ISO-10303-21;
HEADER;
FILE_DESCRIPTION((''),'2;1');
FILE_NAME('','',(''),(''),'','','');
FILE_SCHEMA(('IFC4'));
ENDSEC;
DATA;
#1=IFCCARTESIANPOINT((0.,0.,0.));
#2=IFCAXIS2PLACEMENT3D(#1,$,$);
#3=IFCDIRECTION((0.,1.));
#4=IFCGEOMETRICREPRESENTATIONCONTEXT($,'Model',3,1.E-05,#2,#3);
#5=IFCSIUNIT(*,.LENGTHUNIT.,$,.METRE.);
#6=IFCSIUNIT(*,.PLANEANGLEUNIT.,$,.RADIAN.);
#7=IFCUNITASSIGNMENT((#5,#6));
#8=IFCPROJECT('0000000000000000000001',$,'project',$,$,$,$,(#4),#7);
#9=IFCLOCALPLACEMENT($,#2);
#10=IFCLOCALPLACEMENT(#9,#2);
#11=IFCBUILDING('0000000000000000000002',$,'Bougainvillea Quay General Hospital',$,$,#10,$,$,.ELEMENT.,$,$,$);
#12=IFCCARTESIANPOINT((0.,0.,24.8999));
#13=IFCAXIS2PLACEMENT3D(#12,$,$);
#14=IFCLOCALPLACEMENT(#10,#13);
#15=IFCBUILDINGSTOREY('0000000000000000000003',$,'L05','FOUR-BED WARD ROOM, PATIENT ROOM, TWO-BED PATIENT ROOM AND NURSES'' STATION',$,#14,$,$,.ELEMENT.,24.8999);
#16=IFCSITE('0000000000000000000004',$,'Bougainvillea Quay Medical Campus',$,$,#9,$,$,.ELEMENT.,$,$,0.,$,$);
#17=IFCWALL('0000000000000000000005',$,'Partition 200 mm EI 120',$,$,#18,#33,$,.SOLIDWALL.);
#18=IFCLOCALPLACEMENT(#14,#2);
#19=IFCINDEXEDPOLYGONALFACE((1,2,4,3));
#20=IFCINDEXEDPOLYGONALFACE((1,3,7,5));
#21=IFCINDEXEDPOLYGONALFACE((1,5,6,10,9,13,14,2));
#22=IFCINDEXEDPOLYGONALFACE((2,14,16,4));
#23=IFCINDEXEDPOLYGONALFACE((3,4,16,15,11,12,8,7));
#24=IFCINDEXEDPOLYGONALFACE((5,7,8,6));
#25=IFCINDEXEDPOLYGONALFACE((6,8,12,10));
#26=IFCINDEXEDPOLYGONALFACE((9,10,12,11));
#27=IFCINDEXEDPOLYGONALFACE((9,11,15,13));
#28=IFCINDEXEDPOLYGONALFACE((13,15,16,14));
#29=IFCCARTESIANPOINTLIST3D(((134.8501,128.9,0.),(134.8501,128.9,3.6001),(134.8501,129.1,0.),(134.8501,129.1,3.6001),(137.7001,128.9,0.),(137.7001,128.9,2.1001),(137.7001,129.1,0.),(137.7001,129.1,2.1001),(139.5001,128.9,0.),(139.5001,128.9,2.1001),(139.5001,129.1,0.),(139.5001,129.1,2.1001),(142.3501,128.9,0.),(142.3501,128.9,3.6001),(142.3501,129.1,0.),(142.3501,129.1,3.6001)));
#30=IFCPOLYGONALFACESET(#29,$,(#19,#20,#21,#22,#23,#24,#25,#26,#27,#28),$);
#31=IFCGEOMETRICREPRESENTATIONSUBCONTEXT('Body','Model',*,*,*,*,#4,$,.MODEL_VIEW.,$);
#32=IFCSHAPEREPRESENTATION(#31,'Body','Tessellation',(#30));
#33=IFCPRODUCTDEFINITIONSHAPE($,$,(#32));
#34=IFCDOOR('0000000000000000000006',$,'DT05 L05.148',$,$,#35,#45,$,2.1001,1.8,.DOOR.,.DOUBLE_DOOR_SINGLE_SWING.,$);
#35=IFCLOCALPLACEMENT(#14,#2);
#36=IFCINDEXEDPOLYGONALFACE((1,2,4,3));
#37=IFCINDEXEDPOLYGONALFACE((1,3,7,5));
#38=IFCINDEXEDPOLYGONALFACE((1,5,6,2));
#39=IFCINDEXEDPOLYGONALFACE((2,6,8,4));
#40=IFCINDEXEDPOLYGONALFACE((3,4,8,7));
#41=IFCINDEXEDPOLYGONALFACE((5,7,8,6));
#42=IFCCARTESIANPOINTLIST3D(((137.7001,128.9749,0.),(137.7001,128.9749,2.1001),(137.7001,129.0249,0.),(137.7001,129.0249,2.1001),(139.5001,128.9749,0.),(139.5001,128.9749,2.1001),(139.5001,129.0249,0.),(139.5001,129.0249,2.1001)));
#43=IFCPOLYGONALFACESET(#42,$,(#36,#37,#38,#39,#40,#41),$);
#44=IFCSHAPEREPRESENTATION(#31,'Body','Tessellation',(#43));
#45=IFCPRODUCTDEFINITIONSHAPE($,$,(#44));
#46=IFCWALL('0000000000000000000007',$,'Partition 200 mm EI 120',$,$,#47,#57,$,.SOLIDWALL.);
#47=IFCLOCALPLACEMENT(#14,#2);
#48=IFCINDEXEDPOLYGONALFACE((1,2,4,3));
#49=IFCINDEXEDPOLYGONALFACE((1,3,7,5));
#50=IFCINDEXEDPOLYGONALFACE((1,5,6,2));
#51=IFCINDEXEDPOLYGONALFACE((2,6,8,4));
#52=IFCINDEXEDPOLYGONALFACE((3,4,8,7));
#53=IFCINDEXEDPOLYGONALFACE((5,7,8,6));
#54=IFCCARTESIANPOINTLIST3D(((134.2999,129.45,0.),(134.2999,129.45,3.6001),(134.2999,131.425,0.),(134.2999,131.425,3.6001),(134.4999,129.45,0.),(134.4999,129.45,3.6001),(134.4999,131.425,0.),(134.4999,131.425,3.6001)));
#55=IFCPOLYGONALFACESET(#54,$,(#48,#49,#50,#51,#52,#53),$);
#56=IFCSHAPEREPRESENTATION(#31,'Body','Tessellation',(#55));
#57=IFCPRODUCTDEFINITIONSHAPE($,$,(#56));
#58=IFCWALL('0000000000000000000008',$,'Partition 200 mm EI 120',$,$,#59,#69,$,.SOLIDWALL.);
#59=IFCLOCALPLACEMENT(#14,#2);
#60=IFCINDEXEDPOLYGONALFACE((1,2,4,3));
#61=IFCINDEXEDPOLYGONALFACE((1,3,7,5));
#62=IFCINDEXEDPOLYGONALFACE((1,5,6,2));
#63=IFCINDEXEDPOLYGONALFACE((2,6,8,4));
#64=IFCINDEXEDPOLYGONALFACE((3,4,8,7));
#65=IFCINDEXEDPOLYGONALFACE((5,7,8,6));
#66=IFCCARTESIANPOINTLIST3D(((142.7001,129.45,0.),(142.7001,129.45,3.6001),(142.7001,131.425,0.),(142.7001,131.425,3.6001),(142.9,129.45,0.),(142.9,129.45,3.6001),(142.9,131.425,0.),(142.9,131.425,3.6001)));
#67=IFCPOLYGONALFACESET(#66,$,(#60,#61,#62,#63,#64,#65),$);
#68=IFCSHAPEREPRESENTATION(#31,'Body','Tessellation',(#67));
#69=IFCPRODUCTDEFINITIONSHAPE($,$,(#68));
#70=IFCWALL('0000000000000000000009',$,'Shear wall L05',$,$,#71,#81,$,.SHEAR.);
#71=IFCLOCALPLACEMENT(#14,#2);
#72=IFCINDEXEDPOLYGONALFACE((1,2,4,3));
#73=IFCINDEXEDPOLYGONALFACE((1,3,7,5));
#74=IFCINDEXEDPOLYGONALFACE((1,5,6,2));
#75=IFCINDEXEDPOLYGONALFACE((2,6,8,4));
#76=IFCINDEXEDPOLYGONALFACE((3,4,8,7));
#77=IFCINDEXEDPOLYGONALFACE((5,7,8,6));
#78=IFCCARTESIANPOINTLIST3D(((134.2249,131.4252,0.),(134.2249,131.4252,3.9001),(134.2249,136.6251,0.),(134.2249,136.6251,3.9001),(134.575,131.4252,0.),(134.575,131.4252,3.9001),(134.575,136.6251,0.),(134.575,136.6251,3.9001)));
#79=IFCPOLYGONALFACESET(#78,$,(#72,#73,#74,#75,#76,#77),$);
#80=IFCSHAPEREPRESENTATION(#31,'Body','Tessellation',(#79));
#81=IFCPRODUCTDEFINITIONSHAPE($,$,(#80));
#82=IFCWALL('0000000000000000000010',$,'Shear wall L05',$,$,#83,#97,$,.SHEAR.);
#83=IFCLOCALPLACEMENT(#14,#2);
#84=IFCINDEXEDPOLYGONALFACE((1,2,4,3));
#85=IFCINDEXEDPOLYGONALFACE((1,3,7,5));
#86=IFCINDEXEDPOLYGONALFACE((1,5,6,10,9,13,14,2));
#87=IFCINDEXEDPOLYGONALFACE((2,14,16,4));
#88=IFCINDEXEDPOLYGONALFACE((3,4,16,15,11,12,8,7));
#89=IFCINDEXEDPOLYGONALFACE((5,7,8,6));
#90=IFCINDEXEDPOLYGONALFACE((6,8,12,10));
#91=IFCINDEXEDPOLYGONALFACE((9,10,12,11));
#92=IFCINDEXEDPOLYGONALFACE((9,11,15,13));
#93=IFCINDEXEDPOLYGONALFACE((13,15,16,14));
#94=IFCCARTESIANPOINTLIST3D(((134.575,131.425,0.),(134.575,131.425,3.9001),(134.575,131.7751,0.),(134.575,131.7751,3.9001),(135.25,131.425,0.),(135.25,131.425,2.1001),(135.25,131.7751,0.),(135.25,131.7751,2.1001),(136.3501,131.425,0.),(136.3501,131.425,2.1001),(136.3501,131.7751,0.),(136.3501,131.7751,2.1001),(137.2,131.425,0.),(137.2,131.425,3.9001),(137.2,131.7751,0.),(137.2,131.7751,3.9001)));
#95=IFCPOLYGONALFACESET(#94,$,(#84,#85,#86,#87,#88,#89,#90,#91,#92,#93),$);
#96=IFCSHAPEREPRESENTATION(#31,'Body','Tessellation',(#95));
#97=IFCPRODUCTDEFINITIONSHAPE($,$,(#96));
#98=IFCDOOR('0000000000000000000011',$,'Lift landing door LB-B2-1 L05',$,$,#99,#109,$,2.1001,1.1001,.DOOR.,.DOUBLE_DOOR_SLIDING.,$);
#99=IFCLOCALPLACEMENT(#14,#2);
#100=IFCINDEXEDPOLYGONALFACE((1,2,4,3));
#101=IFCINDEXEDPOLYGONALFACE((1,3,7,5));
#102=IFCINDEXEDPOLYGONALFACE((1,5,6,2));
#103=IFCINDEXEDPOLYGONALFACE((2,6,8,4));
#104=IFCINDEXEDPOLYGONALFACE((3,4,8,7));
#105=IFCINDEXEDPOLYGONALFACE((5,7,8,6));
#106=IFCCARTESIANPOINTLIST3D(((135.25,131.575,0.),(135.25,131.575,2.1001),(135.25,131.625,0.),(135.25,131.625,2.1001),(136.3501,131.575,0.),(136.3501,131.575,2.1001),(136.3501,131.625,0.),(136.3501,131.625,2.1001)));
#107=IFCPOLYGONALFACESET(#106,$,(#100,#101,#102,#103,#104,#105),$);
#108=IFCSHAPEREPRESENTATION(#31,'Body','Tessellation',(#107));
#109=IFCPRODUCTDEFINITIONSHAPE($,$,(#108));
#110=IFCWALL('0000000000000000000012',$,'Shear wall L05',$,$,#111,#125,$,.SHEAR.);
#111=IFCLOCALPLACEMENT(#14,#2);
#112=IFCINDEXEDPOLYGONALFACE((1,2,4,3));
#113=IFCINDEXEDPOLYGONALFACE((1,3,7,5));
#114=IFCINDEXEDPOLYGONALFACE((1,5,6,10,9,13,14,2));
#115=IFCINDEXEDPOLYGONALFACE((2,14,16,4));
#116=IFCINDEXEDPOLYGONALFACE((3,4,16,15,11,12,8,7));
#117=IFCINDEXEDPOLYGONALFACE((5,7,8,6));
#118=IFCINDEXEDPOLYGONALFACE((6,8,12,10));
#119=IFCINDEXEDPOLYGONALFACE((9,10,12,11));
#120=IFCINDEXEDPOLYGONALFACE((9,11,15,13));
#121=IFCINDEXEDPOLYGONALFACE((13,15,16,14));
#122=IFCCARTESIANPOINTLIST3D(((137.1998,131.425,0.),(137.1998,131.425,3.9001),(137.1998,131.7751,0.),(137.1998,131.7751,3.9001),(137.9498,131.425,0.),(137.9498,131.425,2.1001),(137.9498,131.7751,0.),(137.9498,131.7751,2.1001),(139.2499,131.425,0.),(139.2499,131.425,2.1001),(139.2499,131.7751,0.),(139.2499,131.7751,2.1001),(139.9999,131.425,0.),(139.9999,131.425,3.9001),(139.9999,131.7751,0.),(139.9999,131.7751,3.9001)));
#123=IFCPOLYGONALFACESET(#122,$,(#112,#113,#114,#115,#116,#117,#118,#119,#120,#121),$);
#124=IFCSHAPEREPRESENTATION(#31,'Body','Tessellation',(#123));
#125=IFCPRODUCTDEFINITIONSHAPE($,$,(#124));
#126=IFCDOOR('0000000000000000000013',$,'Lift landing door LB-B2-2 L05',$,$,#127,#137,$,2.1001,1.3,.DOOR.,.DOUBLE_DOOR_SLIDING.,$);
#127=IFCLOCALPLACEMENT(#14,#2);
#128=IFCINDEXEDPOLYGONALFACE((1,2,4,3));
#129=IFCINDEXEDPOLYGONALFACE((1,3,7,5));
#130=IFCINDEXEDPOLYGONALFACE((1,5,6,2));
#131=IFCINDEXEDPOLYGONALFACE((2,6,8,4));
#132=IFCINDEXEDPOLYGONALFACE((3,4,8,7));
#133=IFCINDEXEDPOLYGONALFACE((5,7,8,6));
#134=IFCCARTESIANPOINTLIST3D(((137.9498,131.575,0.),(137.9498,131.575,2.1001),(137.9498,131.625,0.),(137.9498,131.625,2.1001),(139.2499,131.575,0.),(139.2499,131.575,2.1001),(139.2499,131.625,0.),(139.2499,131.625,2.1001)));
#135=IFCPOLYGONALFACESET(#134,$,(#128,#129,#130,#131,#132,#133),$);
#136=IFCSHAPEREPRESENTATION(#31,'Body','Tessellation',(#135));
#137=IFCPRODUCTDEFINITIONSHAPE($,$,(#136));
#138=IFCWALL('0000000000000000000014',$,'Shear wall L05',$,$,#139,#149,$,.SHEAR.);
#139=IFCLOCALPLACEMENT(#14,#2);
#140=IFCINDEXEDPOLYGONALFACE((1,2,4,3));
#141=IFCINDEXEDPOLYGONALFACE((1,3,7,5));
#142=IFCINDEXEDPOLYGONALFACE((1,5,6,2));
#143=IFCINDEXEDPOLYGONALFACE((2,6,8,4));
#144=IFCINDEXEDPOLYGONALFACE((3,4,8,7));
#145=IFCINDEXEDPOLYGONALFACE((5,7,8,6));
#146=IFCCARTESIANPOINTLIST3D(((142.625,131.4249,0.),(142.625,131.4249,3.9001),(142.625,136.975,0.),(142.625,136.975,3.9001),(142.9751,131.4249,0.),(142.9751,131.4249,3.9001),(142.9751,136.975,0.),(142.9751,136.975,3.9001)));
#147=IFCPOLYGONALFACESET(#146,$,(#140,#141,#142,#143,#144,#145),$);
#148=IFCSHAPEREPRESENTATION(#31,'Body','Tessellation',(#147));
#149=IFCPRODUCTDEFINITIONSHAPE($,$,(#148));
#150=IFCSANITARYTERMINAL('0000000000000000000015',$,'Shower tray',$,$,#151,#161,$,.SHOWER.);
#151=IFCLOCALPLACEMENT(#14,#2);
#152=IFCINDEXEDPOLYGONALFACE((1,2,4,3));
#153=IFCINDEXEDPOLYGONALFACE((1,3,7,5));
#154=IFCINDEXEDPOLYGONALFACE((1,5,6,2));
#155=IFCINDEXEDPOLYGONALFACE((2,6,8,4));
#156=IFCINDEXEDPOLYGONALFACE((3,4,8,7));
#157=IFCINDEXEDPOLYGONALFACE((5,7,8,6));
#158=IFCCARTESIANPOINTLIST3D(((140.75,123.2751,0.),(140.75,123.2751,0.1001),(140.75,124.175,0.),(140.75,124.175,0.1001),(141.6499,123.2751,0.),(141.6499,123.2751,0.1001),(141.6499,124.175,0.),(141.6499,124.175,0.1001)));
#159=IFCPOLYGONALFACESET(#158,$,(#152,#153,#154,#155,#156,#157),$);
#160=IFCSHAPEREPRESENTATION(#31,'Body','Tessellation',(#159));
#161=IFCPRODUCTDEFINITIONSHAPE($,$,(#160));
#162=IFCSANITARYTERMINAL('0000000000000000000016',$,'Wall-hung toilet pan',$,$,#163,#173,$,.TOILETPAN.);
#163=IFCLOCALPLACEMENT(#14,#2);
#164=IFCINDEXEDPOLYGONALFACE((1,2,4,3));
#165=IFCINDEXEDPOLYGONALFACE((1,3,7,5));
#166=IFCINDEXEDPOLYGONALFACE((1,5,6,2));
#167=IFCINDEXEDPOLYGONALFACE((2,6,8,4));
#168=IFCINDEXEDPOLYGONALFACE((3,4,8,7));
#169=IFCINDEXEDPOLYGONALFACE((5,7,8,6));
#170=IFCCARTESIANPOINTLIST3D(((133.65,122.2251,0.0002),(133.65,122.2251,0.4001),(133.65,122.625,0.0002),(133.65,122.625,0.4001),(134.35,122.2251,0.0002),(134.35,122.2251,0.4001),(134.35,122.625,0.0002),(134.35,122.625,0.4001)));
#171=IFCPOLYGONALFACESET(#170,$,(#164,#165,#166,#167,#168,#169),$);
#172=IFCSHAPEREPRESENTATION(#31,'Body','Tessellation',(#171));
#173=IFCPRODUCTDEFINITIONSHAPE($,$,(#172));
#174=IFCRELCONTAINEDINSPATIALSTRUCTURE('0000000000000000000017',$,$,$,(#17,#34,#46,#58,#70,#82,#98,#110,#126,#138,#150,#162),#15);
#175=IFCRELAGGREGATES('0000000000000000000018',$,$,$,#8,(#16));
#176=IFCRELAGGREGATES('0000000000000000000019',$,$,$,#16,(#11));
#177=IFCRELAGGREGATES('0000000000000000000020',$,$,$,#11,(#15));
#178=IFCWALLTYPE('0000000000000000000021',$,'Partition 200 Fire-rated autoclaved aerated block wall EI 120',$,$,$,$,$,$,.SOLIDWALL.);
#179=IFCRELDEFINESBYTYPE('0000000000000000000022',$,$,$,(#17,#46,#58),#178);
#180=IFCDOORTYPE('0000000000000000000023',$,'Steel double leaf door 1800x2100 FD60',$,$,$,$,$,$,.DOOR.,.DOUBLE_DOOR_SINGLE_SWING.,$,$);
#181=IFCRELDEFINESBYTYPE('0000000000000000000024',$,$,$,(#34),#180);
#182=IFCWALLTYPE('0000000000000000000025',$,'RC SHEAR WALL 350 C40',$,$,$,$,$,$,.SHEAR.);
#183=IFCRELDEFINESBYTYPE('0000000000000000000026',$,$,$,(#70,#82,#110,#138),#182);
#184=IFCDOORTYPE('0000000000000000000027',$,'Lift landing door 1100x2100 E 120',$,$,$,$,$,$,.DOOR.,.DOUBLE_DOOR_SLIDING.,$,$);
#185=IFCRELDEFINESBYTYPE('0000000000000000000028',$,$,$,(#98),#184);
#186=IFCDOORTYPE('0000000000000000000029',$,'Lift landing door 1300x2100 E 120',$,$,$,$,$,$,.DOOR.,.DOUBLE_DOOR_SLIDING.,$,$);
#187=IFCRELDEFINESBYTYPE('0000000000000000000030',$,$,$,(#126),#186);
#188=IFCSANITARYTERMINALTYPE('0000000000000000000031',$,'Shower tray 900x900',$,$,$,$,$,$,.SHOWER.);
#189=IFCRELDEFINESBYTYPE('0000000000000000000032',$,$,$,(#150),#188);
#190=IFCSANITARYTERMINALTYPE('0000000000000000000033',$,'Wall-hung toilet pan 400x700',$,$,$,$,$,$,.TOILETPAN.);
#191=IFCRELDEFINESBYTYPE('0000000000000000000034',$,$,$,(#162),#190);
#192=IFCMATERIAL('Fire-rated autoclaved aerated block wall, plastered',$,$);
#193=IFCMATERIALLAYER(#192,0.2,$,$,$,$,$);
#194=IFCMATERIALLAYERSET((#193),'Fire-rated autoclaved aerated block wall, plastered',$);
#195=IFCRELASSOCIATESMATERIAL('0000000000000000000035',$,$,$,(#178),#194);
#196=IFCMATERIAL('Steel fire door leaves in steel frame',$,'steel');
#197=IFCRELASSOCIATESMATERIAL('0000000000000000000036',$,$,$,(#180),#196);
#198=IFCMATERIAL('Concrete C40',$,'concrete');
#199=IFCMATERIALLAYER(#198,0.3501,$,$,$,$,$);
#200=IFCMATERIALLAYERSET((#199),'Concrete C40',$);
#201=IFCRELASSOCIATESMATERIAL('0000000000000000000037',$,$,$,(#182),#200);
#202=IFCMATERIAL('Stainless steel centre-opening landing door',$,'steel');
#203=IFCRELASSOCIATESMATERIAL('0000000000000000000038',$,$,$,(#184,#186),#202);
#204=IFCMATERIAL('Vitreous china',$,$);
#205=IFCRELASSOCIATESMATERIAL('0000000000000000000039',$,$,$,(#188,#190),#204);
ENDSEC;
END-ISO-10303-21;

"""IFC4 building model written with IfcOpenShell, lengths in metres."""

from ifc_helpers import new_model, si_unit, direction, frame, frame_2d, origin, origin_2d, place, context, subcontext, project, spatial, rectangle, extrude, material, layer, layer_set, type_object, element, fill, save


model = new_model("IFC4")

# Units and contexts
model_context = context("Model", 3, precision=1e-05, world=origin(), true_north=direction((0.0, 1.0)))
body_context = subcontext(model_context, "Body", "Model", "MODEL_VIEW")
ifc_project = project(units=[si_unit("LENGTHUNIT", "METRE"), si_unit("PLANEANGLEUNIT", "RADIAN")], contexts=[model_context])

# Site, building, storey
site_placement = place(None, origin())
site = spatial("IfcSite", under=ifc_project, at=site_placement, Name="Bougainvillea Quay Medical Campus", CompositionType="ELEMENT", RefElevation=0.0)
building_placement = place(site_placement, origin())
building = spatial("IfcBuilding", under=site, at=building_placement, Name="Bougainvillea Quay General Hospital", CompositionType="ELEMENT")
storey_placement = place(building_placement, frame((0.0, 0.0, 24.8999)))
storey = spatial("IfcBuildingStorey", under=building, at=storey_placement, Name="L05", Description="FOUR-BED WARD ROOM, PATIENT ROOM, TWO-BED PATIENT ROOM AND NURSES' STATION", CompositionType="ELEMENT", Elevation=24.8999)

# Shared definitions
ifc_material_1 = material(Name="Concrete C40", Category="concrete")

# Wall, opening, door
ifc_material_2 = material(Name="Fire-rated autoclaved aerated block wall, plastered")
ifc_layer_1 = layer(ifc_material_2, 0.2)
ifc_layer_set_1 = layer_set([ifc_layer_1], Name="Fire-rated autoclaved aerated block wall, plastered")
wall_type_1 = type_object("IfcWallType", Name="Partition 200 Fire-rated autoclaved aerated block wall EI 120", PredefinedType="SOLIDWALL", material=ifc_layer_set_1)
wall_1_placement = place(storey_placement, frame((134.8501, 129.0, 0.0), z_axis=(0.0, 0.0, 1.0), x_axis=(1.0, 0.0, 0.0)))
wall_1 = element("IfcWall", 1, at=wall_1_placement, inside=storey, type_object=wall_type_1, Name="Partition 200 mm EI 120", PredefinedType="SOLIDWALL", context=body_context, shape_type="SweptSolid", body=[
    extrude(rectangle(XDim=7.5, YDim=0.2, at=frame_2d((3.75, 0.0))), origin(), (0.0, 0.0, 1.0), 3.6001),
])
opening_1_placement = place(wall_1_placement, frame((2.8501, 0.0, 0.0)))
opening_1 = element("IfcOpeningElement", 2, at=opening_1_placement, cuts=wall_1, PredefinedType="OPENING", context=body_context, shape_type="SweptSolid", body=[
    extrude(rectangle(XDim=1.8, YDim=2.1001, at=frame_2d((0.8999, 1.05))), frame((0.0, 0.1099, 0.0), z_axis=(0.0, -1.0, 0.0), x_axis=(1.0, 0.0, 0.0)), (0.0, 0.0, 1.0), 0.22),
])
ifc_material_3 = material(Name="Steel fire door leaves in steel frame", Category="steel")
door_type_1 = type_object("IfcDoorType", Name="Steel double leaf door 1800x2100 FD60", OperationType="DOUBLE_DOOR_SINGLE_SWING", PredefinedType="DOOR", material=ifc_material_3)
door_1_placement = place(opening_1_placement, origin())
door_1 = element("IfcDoor", 3, at=door_1_placement, inside=storey, type_object=door_type_1, Name="DT05 L05.148", OperationType="DOUBLE_DOOR_SINGLE_SWING", OverallHeight=2.1001, OverallWidth=1.8, PredefinedType="DOOR", context=body_context, shape_type="SweptSolid", body=[
    extrude(rectangle(XDim=1.8, YDim=2.1001, at=frame_2d((0.8999, 1.05))), frame((0.0, 0.0249, 0.0), z_axis=(0.0, -1.0, 0.0), x_axis=(1.0, 0.0, 0.0)), (0.0, 0.0, 1.0), 0.05),
])
fill(opening_1, door_1)

# Walls
for number, where, z_axis, x_axis, name in (
    (4, (134.3999, 129.45, 0.0), (0.0, 0.0, 1.0), (0.0, 1.0, 0.0), "Partition 200 mm EI 120"),
    (5, (142.8, 129.45, 0.0), (0.0, 0.0, 1.0), (0.0, 1.0, 0.0), "Partition 200 mm EI 120"),
):
    element("IfcWall", number, at=place(storey_placement, frame(where, z_axis=z_axis, x_axis=x_axis)), inside=storey, type_object=wall_type_1, Name=name, PredefinedType="SOLIDWALL", context=body_context, shape_type="SweptSolid", body=[
        extrude(rectangle(XDim=1.9751, YDim=0.2, at=frame_2d((0.9875, 0.0))), origin(), (0.0, 0.0, 1.0), 3.6001),
    ])
ifc_layer_2 = layer(ifc_material_1, 0.3501)
ifc_layer_set_2 = layer_set([ifc_layer_2], Name="Concrete C40")
wall_type_2 = type_object("IfcWallType", Name="RC SHEAR WALL 350 C40", PredefinedType="SHEAR", material=ifc_layer_set_2)
wall_2_placement = place(storey_placement, frame((134.3999, 131.425, 0.0), z_axis=(0.0, 0.0, 1.0), x_axis=(0.0, 1.0, 0.0)))
element("IfcWall", 6, at=wall_2_placement, inside=storey, type_object=wall_type_2, Name="Shear wall L05", PredefinedType="SHEAR", context=body_context, shape_type="SweptSolid", body=[
    extrude(rectangle(XDim=5.2, YDim=0.3501, at=frame_2d((2.6001, 0.0))), origin(), (0.0, 0.0, 1.0), 3.9001),
])

# Walls, openings, doors
wall_3_placement = place(storey_placement, frame((134.575, 131.6001, 0.0), z_axis=(0.0, 0.0, 1.0), x_axis=(1.0, 0.0, 0.0)))
wall_3 = element("IfcWall", 7, at=wall_3_placement, inside=storey, type_object=wall_type_2, Name="Shear wall L05", PredefinedType="SHEAR", context=body_context, shape_type="SweptSolid", body=[
    extrude(rectangle(XDim=2.625, YDim=0.3501, at=frame_2d((1.3125, 0.0))), origin(), (0.0, 0.0, 1.0), 3.9001),
])
opening_2_placement = place(wall_3_placement, frame((0.675, 0.0, 0.0)))
opening_2 = element("IfcOpeningElement", 8, at=opening_2_placement, cuts=wall_3, PredefinedType="OPENING", context=body_context, shape_type="SweptSolid", body=[
    extrude(rectangle(XDim=1.1001, YDim=2.1001, at=frame_2d((0.55, 1.05))), frame((0.0, 0.1851, 0.0), z_axis=(0.0, -1.0, 0.0), x_axis=(1.0, 0.0, 0.0)), (0.0, 0.0, 1.0), 0.3701),
])
ifc_material_4 = material(Name="Stainless steel centre-opening landing door", Category="steel")
door_type_2 = type_object("IfcDoorType", Name="Lift landing door 1100x2100 E 120", OperationType="DOUBLE_DOOR_SLIDING", PredefinedType="DOOR", material=ifc_material_4)
door_2_placement = place(opening_2_placement, origin())
door_2 = element("IfcDoor", 9, at=door_2_placement, inside=storey, type_object=door_type_2, Name="Lift landing door LB-B2-1 L05", OperationType="DOUBLE_DOOR_SLIDING", OverallHeight=2.1001, OverallWidth=1.1001, PredefinedType="DOOR", context=body_context, shape_type="SweptSolid", body=[
    extrude(rectangle(XDim=1.1001, YDim=2.1001, at=frame_2d((0.55, 1.05))), frame((0.0, 0.0249, 0.0), z_axis=(0.0, -1.0, 0.0), x_axis=(1.0, 0.0, 0.0)), (0.0, 0.0, 1.0), 0.05),
])
fill(opening_2, door_2)
wall_4_placement = place(storey_placement, frame((137.2, 131.6001, 0.0), z_axis=(0.0, 0.0, 1.0), x_axis=(1.0, 0.0, 0.0)))
wall_4 = element("IfcWall", 10, at=wall_4_placement, inside=storey, type_object=wall_type_2, Name="Shear wall L05", PredefinedType="SHEAR", context=body_context, shape_type="SweptSolid", body=[
    extrude(rectangle(XDim=2.8, YDim=0.3501, at=frame_2d((1.3999, 0.0))), origin(), (0.0, 0.0, 1.0), 3.9001),
])
opening_3_placement = place(wall_4_placement, frame((0.75, 0.0, 0.0)))
opening_3 = element("IfcOpeningElement", 11, at=opening_3_placement, cuts=wall_4, PredefinedType="OPENING", context=body_context, shape_type="SweptSolid", body=[
    extrude(rectangle(XDim=1.3, YDim=2.1001, at=frame_2d((0.6499, 1.05))), frame((0.0, 0.1851, 0.0), z_axis=(0.0, -1.0, 0.0), x_axis=(1.0, 0.0, 0.0)), (0.0, 0.0, 1.0), 0.3701),
])
door_type_3 = type_object("IfcDoorType", Name="Lift landing door 1300x2100 E 120", OperationType="DOUBLE_DOOR_SLIDING", PredefinedType="DOOR", material=ifc_material_4)
door_3_placement = place(opening_3_placement, origin())
door_3 = element("IfcDoor", 12, at=door_3_placement, inside=storey, type_object=door_type_3, Name="Lift landing door LB-B2-2 L05", OperationType="DOUBLE_DOOR_SLIDING", OverallHeight=2.1001, OverallWidth=1.3, PredefinedType="DOOR", context=body_context, shape_type="SweptSolid", body=[
    extrude(rectangle(XDim=1.3, YDim=2.1001, at=frame_2d((0.6499, 1.05))), frame((0.0, 0.0249, 0.0), z_axis=(0.0, -1.0, 0.0), x_axis=(1.0, 0.0, 0.0)), (0.0, 0.0, 1.0), 0.05),
])
fill(opening_3, door_3)

# Wall
wall_5_placement = place(storey_placement, frame((142.8, 131.425, 0.0), z_axis=(0.0, 0.0, 1.0), x_axis=(0.0, 1.0, 0.0)))
element("IfcWall", 13, at=wall_5_placement, inside=storey, type_object=wall_type_2, Name="Shear wall L05", PredefinedType="SHEAR", context=body_context, shape_type="SweptSolid", body=[
    extrude(rectangle(XDim=5.55, YDim=0.3501, at=frame_2d((2.7749, 0.0))), origin(), (0.0, 0.0, 1.0), 3.9001),
])

# Sanitary terminals
ifc_material_5 = material(Name="Vitreous china")
sanitary_terminal_type_1 = type_object("IfcSanitaryTerminalType", Name="Shower tray 900x900", PredefinedType="SHOWER", material=ifc_material_5)
sanitary_terminal_placement = place(storey_placement, frame((141.2, 123.7251, 0.0), z_axis=(0.0, 0.0, 1.0), x_axis=(0.0, 1.0, 0.0)))
element("IfcSanitaryTerminal", 14, at=sanitary_terminal_placement, inside=storey, type_object=sanitary_terminal_type_1, Name="Shower tray", PredefinedType="SHOWER", context=body_context, shape_type="SweptSolid", body=[
    extrude(rectangle(XDim=0.8999, YDim=0.8999, at=origin_2d()), origin(), (0.0, 0.0, 1.0), 0.1001),
])
sanitary_terminal_type_2 = type_object("IfcSanitaryTerminalType", Name="Wall-hung toilet pan 400x700", PredefinedType="TOILETPAN", material=ifc_material_5)
for number, where, z_axis, x_axis, name in (
    (15, (134.0, 122.425, 0.0002), (0.0, 0.0, 1.0), (0.0, -1.0, 0.0), "Wall-hung toilet pan"),
):
    element("IfcSanitaryTerminal", number, at=place(storey_placement, frame(where, z_axis=z_axis, x_axis=x_axis)), inside=storey, type_object=sanitary_terminal_type_2, Name=name, PredefinedType="TOILETPAN", context=body_context, shape_type="SweptSolid", body=[
        extrude(rectangle(XDim=0.3999, YDim=0.7, at=origin_2d()), origin(), (0.0, 0.0, 1.0), 0.3999),
    ])

save(model, "model.ifc")
